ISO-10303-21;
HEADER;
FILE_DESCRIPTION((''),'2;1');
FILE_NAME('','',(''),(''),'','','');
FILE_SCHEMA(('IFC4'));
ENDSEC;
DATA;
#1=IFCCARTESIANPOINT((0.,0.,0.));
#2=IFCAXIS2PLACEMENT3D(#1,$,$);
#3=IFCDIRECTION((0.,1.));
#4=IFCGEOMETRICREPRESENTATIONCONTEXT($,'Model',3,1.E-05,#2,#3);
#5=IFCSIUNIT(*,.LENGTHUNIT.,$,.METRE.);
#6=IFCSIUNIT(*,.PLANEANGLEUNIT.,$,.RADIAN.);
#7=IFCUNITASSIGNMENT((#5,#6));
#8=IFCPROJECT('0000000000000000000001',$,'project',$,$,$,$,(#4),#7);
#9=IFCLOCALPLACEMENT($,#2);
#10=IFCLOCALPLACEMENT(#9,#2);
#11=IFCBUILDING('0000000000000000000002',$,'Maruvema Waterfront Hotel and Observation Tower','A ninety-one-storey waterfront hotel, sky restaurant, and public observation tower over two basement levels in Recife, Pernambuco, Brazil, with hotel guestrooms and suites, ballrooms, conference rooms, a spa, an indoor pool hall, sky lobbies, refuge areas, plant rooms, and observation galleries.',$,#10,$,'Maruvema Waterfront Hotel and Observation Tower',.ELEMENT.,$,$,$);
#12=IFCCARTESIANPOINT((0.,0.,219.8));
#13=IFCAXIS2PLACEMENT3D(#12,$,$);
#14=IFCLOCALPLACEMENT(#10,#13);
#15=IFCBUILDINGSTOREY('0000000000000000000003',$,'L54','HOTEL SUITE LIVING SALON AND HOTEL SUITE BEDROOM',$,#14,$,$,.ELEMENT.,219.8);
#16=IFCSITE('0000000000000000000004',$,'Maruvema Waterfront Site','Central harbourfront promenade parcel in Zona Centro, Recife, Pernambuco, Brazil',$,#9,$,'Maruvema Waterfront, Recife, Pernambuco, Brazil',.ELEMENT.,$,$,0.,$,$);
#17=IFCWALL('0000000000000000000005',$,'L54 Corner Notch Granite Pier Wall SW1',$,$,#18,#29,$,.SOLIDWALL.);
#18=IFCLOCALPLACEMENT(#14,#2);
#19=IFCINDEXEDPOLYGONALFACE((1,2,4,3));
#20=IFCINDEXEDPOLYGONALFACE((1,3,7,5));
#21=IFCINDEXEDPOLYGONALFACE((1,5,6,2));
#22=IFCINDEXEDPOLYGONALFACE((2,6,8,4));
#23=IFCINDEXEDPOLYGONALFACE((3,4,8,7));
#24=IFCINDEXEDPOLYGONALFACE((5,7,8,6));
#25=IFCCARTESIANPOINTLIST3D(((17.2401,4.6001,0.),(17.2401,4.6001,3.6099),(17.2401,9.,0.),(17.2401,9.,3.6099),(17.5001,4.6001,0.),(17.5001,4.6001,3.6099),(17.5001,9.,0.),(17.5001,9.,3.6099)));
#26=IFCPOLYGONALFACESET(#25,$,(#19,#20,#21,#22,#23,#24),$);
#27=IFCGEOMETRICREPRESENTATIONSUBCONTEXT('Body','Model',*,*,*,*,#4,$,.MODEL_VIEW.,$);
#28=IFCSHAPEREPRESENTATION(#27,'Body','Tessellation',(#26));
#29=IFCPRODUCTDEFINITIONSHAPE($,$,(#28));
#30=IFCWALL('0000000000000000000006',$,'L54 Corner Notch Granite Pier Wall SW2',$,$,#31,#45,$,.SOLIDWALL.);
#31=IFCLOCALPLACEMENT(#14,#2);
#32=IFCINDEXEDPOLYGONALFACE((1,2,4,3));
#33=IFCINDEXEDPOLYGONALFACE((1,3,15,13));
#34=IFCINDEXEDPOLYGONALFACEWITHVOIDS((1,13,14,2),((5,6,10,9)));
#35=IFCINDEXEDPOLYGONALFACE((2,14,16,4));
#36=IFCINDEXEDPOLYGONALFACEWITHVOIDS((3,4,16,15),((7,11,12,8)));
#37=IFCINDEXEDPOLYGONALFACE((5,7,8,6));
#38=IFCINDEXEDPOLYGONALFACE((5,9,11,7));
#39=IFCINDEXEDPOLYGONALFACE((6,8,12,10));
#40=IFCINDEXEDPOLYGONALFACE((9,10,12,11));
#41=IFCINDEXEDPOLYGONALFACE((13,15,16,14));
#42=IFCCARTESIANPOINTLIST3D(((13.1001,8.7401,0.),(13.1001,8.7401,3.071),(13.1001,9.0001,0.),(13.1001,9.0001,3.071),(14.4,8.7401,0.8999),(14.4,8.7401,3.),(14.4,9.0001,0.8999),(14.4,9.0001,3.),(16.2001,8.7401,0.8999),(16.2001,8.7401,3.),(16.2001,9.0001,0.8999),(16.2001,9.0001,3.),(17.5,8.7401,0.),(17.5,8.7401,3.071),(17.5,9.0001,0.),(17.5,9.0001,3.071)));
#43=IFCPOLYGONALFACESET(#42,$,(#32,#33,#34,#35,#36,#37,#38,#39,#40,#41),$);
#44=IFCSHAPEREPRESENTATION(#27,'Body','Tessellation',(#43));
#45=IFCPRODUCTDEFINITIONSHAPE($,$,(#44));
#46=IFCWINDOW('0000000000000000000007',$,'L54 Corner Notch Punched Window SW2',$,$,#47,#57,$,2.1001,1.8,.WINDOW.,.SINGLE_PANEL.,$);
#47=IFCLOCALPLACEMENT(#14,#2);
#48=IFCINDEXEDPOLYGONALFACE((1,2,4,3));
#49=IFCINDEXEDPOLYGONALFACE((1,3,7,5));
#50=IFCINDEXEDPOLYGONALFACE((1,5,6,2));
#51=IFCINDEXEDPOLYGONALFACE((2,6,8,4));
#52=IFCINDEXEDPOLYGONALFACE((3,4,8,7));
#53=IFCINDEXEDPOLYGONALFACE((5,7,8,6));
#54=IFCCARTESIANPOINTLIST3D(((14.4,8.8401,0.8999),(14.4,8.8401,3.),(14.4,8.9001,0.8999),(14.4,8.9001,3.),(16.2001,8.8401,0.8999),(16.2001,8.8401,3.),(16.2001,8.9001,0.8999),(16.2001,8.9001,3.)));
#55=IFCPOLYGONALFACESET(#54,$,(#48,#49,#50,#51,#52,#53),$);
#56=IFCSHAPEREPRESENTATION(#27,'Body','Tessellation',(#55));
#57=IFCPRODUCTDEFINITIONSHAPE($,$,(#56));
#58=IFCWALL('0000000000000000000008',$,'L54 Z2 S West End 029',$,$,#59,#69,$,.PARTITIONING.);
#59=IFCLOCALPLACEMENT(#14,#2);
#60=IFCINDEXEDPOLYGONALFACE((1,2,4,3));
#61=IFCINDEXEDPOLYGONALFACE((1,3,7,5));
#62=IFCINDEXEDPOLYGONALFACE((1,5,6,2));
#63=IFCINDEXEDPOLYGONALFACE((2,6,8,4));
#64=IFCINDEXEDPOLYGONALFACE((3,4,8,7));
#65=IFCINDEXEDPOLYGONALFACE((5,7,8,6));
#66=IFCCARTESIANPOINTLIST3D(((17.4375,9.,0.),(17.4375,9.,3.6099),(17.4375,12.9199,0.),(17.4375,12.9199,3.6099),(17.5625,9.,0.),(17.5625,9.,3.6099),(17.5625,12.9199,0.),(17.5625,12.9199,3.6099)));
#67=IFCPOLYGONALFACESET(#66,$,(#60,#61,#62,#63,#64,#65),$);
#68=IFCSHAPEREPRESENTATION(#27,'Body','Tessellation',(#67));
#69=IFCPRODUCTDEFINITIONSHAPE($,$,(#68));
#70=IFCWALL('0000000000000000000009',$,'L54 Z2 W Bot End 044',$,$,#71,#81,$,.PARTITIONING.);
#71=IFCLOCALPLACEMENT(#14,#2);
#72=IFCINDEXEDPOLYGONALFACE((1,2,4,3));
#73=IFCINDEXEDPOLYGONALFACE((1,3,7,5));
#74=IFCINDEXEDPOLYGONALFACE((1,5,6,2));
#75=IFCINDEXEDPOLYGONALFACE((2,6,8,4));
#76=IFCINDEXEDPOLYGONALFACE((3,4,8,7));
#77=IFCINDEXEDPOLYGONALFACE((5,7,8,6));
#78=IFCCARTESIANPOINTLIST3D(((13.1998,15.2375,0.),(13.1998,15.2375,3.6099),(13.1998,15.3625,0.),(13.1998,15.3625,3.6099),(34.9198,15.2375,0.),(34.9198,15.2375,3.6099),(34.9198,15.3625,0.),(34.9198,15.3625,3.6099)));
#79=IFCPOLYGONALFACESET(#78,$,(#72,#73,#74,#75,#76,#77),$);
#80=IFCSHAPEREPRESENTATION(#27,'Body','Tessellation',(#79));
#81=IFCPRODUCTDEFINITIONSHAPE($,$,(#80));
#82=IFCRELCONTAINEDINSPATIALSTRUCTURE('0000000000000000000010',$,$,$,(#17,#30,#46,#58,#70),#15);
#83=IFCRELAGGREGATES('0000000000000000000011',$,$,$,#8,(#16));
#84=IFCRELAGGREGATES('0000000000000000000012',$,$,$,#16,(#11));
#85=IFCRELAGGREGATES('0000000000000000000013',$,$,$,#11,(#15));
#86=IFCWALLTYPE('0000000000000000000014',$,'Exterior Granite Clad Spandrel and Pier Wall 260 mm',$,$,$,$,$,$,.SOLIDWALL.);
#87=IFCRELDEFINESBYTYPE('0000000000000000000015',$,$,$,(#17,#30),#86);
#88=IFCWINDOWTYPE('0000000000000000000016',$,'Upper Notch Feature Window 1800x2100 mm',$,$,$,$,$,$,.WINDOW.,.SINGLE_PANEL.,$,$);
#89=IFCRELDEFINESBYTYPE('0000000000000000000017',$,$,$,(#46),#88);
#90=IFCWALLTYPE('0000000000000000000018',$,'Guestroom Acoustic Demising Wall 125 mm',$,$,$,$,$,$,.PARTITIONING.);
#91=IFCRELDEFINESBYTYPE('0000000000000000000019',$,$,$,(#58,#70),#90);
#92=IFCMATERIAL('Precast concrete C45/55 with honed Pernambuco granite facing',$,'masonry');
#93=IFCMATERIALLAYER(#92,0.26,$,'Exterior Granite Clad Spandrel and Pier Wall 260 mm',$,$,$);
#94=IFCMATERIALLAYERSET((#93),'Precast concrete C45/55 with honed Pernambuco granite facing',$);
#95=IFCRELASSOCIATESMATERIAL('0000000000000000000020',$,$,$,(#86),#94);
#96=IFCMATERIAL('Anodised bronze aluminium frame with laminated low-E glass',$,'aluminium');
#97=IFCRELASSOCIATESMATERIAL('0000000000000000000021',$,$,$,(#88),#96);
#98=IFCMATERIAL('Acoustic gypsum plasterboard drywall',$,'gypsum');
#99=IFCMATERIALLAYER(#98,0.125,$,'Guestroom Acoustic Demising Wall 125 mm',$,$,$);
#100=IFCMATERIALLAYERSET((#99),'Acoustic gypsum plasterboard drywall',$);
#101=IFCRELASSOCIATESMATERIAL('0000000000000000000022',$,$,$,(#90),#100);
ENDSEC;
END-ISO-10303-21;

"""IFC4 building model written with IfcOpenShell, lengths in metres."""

from ifc_helpers import new_model, si_unit, direction, frame, frame_2d, origin, place, context, subcontext, project, spatial, rectangle, extrude, material, layer, layer_set, type_object, element, fill, save


model = new_model("IFC4")

# Units and contexts
model_context = context("Model", 3, precision=1e-05, world=origin(), true_north=direction((0.0, 1.0)))
body_context = subcontext(model_context, "Body", "Model", "MODEL_VIEW")
ifc_project = project(units=[si_unit("LENGTHUNIT", "METRE"), si_unit("PLANEANGLEUNIT", "RADIAN")], contexts=[model_context])

# Site, building, storey
site_placement = place(None, origin())
site = spatial("IfcSite", under=ifc_project, at=site_placement, Name="Maruvema Waterfront Site", Description="Central harbourfront promenade parcel in Zona Centro, Recife, Pernambuco, Brazil", LongName="Maruvema Waterfront, Recife, Pernambuco, Brazil", CompositionType="ELEMENT", RefElevation=0.0)
building_placement = place(site_placement, origin())
building = spatial("IfcBuilding", under=site, at=building_placement, Name="Maruvema Waterfront Hotel and Observation Tower", Description="A ninety-one-storey waterfront hotel, sky restaurant, and public observation tower over two basement levels in Recife, Pernambuco, Brazil, with hotel guestrooms and suites, ballrooms, conference rooms, a spa, an indoor pool hall, sky lobbies, refuge areas, plant rooms, and observation galleries.", LongName="Maruvema Waterfront Hotel and Observation Tower", CompositionType="ELEMENT")
storey_placement = place(building_placement, frame((0.0, 0.0, 219.8)))
storey = spatial("IfcBuildingStorey", under=building, at=storey_placement, Name="L54", Description="HOTEL SUITE LIVING SALON AND HOTEL SUITE BEDROOM", CompositionType="ELEMENT", Elevation=219.8)

# Wall
ifc_material_1 = material(Name="Precast concrete C45/55 with honed Pernambuco granite facing", Category="masonry")
ifc_layer_1 = layer(ifc_material_1, 0.26, Name="Exterior Granite Clad Spandrel and Pier Wall 260 mm")
ifc_layer_set_1 = layer_set([ifc_layer_1], Name="Precast concrete C45/55 with honed Pernambuco granite facing")
wall_type_1 = type_object("IfcWallType", Name="Exterior Granite Clad Spandrel and Pier Wall 260 mm", PredefinedType="SOLIDWALL", material=ifc_layer_set_1)
wall_1_placement = place(storey_placement, frame((17.3701, 4.6001, 0.0), z_axis=(0.0, 0.0, 1.0), x_axis=(0.0, 1.0, 0.0)))
element("IfcWall", 1, at=wall_1_placement, inside=storey, type_object=wall_type_1, Name="L54 Corner Notch Granite Pier Wall SW1", PredefinedType="SOLIDWALL", context=body_context, shape_type="SweptSolid", body=[
    extrude(rectangle(XDim=4.3999, YDim=0.26, at=frame_2d((2.2, 0.0))), origin(), (0.0, 0.0, 1.0), 3.6099),
])

# Wall, opening, window
wall_2_placement = place(storey_placement, frame((17.5, 8.8701, 0.0), z_axis=(0.0, 0.0, 1.0), x_axis=(-1.0, 0.0, 0.0)))
wall_2 = element("IfcWall", 2, at=wall_2_placement, inside=storey, type_object=wall_type_1, Name="L54 Corner Notch Granite Pier Wall SW2", PredefinedType="SOLIDWALL", context=body_context, shape_type="SweptSolid", body=[
    extrude(rectangle(XDim=4.3999, YDim=0.26, at=frame_2d((2.2, 0.0))), origin(), (0.0, 0.0, 1.0), 3.071),
])
opening_placement = place(wall_2_placement, frame((1.3, 0.0, 0.8999)))
opening = element("IfcOpeningElement", 3, at=opening_placement, cuts=wall_2, PredefinedType="OPENING", context=body_context, shape_type="SweptSolid", body=[
    extrude(rectangle(XDim=1.8, YDim=2.1001, at=frame_2d((0.8999, 1.05))), frame((0.0, 0.1401, 0.0), z_axis=(0.0, -1.0, 0.0), x_axis=(1.0, 0.0, 0.0)), (0.0, 0.0, 1.0), 0.28),
])
ifc_material_2 = material(Name="Anodised bronze aluminium frame with laminated low-E glass", Category="aluminium")
window_type = type_object("IfcWindowType", Name="Upper Notch Feature Window 1800x2100 mm", PartitioningType="SINGLE_PANEL", PredefinedType="WINDOW", material=ifc_material_2)
window_placement = place(opening_placement, origin())
window = element("IfcWindow", 4, at=window_placement, inside=storey, type_object=window_type, Name="L54 Corner Notch Punched Window SW2", OverallHeight=2.1001, OverallWidth=1.8, PartitioningType="SINGLE_PANEL", PredefinedType="WINDOW", context=body_context, shape_type="SweptSolid", body=[
    extrude(rectangle(XDim=1.8, YDim=2.1001, at=frame_2d((0.8999, 1.05))), frame((0.0, 0.03, 0.0), z_axis=(0.0, -1.0, 0.0), x_axis=(1.0, 0.0, 0.0)), (0.0, 0.0, 1.0), 0.0601),
])
fill(opening, window)

# Walls
ifc_material_3 = material(Name="Acoustic gypsum plasterboard drywall", Category="gypsum")
ifc_layer_2 = layer(ifc_material_3, 0.125, Name="Guestroom Acoustic Demising Wall 125 mm")
ifc_layer_set_2 = layer_set([ifc_layer_2], Name="Acoustic gypsum plasterboard drywall")
wall_type_2 = type_object("IfcWallType", Name="Guestroom Acoustic Demising Wall 125 mm", PredefinedType="PARTITIONING", material=ifc_layer_set_2)
wall_3_placement = place(storey_placement, frame((17.5, 9.0, 0.0), z_axis=(0.0, 0.0, 1.0), x_axis=(0.0, 1.0, 0.0)))
element("IfcWall", 5, at=wall_3_placement, inside=storey, type_object=wall_type_2, Name="L54 Z2 S West End 029", PredefinedType="PARTITIONING", context=body_context, shape_type="SweptSolid", body=[
    extrude(rectangle(XDim=3.9199, YDim=0.125, at=frame_2d((1.96, 0.0))), origin(), (0.0, 0.0, 1.0), 3.6099),
])
wall_4_placement = place(storey_placement, frame((13.2, 15.3, 0.0), z_axis=(0.0, 0.0, 1.0), x_axis=(1.0, 0.0, 0.0)))
element("IfcWall", 6, at=wall_4_placement, inside=storey, type_object=wall_type_2, Name="L54 Z2 W Bot End 044", PredefinedType="PARTITIONING", context=body_context, shape_type="SweptSolid", body=[
    extrude(rectangle(XDim=21.72, YDim=0.125, at=frame_2d((10.8599, 0.0))), origin(), (0.0, 0.0, 1.0), 3.6099),
])

save(model, "model.ifc")
